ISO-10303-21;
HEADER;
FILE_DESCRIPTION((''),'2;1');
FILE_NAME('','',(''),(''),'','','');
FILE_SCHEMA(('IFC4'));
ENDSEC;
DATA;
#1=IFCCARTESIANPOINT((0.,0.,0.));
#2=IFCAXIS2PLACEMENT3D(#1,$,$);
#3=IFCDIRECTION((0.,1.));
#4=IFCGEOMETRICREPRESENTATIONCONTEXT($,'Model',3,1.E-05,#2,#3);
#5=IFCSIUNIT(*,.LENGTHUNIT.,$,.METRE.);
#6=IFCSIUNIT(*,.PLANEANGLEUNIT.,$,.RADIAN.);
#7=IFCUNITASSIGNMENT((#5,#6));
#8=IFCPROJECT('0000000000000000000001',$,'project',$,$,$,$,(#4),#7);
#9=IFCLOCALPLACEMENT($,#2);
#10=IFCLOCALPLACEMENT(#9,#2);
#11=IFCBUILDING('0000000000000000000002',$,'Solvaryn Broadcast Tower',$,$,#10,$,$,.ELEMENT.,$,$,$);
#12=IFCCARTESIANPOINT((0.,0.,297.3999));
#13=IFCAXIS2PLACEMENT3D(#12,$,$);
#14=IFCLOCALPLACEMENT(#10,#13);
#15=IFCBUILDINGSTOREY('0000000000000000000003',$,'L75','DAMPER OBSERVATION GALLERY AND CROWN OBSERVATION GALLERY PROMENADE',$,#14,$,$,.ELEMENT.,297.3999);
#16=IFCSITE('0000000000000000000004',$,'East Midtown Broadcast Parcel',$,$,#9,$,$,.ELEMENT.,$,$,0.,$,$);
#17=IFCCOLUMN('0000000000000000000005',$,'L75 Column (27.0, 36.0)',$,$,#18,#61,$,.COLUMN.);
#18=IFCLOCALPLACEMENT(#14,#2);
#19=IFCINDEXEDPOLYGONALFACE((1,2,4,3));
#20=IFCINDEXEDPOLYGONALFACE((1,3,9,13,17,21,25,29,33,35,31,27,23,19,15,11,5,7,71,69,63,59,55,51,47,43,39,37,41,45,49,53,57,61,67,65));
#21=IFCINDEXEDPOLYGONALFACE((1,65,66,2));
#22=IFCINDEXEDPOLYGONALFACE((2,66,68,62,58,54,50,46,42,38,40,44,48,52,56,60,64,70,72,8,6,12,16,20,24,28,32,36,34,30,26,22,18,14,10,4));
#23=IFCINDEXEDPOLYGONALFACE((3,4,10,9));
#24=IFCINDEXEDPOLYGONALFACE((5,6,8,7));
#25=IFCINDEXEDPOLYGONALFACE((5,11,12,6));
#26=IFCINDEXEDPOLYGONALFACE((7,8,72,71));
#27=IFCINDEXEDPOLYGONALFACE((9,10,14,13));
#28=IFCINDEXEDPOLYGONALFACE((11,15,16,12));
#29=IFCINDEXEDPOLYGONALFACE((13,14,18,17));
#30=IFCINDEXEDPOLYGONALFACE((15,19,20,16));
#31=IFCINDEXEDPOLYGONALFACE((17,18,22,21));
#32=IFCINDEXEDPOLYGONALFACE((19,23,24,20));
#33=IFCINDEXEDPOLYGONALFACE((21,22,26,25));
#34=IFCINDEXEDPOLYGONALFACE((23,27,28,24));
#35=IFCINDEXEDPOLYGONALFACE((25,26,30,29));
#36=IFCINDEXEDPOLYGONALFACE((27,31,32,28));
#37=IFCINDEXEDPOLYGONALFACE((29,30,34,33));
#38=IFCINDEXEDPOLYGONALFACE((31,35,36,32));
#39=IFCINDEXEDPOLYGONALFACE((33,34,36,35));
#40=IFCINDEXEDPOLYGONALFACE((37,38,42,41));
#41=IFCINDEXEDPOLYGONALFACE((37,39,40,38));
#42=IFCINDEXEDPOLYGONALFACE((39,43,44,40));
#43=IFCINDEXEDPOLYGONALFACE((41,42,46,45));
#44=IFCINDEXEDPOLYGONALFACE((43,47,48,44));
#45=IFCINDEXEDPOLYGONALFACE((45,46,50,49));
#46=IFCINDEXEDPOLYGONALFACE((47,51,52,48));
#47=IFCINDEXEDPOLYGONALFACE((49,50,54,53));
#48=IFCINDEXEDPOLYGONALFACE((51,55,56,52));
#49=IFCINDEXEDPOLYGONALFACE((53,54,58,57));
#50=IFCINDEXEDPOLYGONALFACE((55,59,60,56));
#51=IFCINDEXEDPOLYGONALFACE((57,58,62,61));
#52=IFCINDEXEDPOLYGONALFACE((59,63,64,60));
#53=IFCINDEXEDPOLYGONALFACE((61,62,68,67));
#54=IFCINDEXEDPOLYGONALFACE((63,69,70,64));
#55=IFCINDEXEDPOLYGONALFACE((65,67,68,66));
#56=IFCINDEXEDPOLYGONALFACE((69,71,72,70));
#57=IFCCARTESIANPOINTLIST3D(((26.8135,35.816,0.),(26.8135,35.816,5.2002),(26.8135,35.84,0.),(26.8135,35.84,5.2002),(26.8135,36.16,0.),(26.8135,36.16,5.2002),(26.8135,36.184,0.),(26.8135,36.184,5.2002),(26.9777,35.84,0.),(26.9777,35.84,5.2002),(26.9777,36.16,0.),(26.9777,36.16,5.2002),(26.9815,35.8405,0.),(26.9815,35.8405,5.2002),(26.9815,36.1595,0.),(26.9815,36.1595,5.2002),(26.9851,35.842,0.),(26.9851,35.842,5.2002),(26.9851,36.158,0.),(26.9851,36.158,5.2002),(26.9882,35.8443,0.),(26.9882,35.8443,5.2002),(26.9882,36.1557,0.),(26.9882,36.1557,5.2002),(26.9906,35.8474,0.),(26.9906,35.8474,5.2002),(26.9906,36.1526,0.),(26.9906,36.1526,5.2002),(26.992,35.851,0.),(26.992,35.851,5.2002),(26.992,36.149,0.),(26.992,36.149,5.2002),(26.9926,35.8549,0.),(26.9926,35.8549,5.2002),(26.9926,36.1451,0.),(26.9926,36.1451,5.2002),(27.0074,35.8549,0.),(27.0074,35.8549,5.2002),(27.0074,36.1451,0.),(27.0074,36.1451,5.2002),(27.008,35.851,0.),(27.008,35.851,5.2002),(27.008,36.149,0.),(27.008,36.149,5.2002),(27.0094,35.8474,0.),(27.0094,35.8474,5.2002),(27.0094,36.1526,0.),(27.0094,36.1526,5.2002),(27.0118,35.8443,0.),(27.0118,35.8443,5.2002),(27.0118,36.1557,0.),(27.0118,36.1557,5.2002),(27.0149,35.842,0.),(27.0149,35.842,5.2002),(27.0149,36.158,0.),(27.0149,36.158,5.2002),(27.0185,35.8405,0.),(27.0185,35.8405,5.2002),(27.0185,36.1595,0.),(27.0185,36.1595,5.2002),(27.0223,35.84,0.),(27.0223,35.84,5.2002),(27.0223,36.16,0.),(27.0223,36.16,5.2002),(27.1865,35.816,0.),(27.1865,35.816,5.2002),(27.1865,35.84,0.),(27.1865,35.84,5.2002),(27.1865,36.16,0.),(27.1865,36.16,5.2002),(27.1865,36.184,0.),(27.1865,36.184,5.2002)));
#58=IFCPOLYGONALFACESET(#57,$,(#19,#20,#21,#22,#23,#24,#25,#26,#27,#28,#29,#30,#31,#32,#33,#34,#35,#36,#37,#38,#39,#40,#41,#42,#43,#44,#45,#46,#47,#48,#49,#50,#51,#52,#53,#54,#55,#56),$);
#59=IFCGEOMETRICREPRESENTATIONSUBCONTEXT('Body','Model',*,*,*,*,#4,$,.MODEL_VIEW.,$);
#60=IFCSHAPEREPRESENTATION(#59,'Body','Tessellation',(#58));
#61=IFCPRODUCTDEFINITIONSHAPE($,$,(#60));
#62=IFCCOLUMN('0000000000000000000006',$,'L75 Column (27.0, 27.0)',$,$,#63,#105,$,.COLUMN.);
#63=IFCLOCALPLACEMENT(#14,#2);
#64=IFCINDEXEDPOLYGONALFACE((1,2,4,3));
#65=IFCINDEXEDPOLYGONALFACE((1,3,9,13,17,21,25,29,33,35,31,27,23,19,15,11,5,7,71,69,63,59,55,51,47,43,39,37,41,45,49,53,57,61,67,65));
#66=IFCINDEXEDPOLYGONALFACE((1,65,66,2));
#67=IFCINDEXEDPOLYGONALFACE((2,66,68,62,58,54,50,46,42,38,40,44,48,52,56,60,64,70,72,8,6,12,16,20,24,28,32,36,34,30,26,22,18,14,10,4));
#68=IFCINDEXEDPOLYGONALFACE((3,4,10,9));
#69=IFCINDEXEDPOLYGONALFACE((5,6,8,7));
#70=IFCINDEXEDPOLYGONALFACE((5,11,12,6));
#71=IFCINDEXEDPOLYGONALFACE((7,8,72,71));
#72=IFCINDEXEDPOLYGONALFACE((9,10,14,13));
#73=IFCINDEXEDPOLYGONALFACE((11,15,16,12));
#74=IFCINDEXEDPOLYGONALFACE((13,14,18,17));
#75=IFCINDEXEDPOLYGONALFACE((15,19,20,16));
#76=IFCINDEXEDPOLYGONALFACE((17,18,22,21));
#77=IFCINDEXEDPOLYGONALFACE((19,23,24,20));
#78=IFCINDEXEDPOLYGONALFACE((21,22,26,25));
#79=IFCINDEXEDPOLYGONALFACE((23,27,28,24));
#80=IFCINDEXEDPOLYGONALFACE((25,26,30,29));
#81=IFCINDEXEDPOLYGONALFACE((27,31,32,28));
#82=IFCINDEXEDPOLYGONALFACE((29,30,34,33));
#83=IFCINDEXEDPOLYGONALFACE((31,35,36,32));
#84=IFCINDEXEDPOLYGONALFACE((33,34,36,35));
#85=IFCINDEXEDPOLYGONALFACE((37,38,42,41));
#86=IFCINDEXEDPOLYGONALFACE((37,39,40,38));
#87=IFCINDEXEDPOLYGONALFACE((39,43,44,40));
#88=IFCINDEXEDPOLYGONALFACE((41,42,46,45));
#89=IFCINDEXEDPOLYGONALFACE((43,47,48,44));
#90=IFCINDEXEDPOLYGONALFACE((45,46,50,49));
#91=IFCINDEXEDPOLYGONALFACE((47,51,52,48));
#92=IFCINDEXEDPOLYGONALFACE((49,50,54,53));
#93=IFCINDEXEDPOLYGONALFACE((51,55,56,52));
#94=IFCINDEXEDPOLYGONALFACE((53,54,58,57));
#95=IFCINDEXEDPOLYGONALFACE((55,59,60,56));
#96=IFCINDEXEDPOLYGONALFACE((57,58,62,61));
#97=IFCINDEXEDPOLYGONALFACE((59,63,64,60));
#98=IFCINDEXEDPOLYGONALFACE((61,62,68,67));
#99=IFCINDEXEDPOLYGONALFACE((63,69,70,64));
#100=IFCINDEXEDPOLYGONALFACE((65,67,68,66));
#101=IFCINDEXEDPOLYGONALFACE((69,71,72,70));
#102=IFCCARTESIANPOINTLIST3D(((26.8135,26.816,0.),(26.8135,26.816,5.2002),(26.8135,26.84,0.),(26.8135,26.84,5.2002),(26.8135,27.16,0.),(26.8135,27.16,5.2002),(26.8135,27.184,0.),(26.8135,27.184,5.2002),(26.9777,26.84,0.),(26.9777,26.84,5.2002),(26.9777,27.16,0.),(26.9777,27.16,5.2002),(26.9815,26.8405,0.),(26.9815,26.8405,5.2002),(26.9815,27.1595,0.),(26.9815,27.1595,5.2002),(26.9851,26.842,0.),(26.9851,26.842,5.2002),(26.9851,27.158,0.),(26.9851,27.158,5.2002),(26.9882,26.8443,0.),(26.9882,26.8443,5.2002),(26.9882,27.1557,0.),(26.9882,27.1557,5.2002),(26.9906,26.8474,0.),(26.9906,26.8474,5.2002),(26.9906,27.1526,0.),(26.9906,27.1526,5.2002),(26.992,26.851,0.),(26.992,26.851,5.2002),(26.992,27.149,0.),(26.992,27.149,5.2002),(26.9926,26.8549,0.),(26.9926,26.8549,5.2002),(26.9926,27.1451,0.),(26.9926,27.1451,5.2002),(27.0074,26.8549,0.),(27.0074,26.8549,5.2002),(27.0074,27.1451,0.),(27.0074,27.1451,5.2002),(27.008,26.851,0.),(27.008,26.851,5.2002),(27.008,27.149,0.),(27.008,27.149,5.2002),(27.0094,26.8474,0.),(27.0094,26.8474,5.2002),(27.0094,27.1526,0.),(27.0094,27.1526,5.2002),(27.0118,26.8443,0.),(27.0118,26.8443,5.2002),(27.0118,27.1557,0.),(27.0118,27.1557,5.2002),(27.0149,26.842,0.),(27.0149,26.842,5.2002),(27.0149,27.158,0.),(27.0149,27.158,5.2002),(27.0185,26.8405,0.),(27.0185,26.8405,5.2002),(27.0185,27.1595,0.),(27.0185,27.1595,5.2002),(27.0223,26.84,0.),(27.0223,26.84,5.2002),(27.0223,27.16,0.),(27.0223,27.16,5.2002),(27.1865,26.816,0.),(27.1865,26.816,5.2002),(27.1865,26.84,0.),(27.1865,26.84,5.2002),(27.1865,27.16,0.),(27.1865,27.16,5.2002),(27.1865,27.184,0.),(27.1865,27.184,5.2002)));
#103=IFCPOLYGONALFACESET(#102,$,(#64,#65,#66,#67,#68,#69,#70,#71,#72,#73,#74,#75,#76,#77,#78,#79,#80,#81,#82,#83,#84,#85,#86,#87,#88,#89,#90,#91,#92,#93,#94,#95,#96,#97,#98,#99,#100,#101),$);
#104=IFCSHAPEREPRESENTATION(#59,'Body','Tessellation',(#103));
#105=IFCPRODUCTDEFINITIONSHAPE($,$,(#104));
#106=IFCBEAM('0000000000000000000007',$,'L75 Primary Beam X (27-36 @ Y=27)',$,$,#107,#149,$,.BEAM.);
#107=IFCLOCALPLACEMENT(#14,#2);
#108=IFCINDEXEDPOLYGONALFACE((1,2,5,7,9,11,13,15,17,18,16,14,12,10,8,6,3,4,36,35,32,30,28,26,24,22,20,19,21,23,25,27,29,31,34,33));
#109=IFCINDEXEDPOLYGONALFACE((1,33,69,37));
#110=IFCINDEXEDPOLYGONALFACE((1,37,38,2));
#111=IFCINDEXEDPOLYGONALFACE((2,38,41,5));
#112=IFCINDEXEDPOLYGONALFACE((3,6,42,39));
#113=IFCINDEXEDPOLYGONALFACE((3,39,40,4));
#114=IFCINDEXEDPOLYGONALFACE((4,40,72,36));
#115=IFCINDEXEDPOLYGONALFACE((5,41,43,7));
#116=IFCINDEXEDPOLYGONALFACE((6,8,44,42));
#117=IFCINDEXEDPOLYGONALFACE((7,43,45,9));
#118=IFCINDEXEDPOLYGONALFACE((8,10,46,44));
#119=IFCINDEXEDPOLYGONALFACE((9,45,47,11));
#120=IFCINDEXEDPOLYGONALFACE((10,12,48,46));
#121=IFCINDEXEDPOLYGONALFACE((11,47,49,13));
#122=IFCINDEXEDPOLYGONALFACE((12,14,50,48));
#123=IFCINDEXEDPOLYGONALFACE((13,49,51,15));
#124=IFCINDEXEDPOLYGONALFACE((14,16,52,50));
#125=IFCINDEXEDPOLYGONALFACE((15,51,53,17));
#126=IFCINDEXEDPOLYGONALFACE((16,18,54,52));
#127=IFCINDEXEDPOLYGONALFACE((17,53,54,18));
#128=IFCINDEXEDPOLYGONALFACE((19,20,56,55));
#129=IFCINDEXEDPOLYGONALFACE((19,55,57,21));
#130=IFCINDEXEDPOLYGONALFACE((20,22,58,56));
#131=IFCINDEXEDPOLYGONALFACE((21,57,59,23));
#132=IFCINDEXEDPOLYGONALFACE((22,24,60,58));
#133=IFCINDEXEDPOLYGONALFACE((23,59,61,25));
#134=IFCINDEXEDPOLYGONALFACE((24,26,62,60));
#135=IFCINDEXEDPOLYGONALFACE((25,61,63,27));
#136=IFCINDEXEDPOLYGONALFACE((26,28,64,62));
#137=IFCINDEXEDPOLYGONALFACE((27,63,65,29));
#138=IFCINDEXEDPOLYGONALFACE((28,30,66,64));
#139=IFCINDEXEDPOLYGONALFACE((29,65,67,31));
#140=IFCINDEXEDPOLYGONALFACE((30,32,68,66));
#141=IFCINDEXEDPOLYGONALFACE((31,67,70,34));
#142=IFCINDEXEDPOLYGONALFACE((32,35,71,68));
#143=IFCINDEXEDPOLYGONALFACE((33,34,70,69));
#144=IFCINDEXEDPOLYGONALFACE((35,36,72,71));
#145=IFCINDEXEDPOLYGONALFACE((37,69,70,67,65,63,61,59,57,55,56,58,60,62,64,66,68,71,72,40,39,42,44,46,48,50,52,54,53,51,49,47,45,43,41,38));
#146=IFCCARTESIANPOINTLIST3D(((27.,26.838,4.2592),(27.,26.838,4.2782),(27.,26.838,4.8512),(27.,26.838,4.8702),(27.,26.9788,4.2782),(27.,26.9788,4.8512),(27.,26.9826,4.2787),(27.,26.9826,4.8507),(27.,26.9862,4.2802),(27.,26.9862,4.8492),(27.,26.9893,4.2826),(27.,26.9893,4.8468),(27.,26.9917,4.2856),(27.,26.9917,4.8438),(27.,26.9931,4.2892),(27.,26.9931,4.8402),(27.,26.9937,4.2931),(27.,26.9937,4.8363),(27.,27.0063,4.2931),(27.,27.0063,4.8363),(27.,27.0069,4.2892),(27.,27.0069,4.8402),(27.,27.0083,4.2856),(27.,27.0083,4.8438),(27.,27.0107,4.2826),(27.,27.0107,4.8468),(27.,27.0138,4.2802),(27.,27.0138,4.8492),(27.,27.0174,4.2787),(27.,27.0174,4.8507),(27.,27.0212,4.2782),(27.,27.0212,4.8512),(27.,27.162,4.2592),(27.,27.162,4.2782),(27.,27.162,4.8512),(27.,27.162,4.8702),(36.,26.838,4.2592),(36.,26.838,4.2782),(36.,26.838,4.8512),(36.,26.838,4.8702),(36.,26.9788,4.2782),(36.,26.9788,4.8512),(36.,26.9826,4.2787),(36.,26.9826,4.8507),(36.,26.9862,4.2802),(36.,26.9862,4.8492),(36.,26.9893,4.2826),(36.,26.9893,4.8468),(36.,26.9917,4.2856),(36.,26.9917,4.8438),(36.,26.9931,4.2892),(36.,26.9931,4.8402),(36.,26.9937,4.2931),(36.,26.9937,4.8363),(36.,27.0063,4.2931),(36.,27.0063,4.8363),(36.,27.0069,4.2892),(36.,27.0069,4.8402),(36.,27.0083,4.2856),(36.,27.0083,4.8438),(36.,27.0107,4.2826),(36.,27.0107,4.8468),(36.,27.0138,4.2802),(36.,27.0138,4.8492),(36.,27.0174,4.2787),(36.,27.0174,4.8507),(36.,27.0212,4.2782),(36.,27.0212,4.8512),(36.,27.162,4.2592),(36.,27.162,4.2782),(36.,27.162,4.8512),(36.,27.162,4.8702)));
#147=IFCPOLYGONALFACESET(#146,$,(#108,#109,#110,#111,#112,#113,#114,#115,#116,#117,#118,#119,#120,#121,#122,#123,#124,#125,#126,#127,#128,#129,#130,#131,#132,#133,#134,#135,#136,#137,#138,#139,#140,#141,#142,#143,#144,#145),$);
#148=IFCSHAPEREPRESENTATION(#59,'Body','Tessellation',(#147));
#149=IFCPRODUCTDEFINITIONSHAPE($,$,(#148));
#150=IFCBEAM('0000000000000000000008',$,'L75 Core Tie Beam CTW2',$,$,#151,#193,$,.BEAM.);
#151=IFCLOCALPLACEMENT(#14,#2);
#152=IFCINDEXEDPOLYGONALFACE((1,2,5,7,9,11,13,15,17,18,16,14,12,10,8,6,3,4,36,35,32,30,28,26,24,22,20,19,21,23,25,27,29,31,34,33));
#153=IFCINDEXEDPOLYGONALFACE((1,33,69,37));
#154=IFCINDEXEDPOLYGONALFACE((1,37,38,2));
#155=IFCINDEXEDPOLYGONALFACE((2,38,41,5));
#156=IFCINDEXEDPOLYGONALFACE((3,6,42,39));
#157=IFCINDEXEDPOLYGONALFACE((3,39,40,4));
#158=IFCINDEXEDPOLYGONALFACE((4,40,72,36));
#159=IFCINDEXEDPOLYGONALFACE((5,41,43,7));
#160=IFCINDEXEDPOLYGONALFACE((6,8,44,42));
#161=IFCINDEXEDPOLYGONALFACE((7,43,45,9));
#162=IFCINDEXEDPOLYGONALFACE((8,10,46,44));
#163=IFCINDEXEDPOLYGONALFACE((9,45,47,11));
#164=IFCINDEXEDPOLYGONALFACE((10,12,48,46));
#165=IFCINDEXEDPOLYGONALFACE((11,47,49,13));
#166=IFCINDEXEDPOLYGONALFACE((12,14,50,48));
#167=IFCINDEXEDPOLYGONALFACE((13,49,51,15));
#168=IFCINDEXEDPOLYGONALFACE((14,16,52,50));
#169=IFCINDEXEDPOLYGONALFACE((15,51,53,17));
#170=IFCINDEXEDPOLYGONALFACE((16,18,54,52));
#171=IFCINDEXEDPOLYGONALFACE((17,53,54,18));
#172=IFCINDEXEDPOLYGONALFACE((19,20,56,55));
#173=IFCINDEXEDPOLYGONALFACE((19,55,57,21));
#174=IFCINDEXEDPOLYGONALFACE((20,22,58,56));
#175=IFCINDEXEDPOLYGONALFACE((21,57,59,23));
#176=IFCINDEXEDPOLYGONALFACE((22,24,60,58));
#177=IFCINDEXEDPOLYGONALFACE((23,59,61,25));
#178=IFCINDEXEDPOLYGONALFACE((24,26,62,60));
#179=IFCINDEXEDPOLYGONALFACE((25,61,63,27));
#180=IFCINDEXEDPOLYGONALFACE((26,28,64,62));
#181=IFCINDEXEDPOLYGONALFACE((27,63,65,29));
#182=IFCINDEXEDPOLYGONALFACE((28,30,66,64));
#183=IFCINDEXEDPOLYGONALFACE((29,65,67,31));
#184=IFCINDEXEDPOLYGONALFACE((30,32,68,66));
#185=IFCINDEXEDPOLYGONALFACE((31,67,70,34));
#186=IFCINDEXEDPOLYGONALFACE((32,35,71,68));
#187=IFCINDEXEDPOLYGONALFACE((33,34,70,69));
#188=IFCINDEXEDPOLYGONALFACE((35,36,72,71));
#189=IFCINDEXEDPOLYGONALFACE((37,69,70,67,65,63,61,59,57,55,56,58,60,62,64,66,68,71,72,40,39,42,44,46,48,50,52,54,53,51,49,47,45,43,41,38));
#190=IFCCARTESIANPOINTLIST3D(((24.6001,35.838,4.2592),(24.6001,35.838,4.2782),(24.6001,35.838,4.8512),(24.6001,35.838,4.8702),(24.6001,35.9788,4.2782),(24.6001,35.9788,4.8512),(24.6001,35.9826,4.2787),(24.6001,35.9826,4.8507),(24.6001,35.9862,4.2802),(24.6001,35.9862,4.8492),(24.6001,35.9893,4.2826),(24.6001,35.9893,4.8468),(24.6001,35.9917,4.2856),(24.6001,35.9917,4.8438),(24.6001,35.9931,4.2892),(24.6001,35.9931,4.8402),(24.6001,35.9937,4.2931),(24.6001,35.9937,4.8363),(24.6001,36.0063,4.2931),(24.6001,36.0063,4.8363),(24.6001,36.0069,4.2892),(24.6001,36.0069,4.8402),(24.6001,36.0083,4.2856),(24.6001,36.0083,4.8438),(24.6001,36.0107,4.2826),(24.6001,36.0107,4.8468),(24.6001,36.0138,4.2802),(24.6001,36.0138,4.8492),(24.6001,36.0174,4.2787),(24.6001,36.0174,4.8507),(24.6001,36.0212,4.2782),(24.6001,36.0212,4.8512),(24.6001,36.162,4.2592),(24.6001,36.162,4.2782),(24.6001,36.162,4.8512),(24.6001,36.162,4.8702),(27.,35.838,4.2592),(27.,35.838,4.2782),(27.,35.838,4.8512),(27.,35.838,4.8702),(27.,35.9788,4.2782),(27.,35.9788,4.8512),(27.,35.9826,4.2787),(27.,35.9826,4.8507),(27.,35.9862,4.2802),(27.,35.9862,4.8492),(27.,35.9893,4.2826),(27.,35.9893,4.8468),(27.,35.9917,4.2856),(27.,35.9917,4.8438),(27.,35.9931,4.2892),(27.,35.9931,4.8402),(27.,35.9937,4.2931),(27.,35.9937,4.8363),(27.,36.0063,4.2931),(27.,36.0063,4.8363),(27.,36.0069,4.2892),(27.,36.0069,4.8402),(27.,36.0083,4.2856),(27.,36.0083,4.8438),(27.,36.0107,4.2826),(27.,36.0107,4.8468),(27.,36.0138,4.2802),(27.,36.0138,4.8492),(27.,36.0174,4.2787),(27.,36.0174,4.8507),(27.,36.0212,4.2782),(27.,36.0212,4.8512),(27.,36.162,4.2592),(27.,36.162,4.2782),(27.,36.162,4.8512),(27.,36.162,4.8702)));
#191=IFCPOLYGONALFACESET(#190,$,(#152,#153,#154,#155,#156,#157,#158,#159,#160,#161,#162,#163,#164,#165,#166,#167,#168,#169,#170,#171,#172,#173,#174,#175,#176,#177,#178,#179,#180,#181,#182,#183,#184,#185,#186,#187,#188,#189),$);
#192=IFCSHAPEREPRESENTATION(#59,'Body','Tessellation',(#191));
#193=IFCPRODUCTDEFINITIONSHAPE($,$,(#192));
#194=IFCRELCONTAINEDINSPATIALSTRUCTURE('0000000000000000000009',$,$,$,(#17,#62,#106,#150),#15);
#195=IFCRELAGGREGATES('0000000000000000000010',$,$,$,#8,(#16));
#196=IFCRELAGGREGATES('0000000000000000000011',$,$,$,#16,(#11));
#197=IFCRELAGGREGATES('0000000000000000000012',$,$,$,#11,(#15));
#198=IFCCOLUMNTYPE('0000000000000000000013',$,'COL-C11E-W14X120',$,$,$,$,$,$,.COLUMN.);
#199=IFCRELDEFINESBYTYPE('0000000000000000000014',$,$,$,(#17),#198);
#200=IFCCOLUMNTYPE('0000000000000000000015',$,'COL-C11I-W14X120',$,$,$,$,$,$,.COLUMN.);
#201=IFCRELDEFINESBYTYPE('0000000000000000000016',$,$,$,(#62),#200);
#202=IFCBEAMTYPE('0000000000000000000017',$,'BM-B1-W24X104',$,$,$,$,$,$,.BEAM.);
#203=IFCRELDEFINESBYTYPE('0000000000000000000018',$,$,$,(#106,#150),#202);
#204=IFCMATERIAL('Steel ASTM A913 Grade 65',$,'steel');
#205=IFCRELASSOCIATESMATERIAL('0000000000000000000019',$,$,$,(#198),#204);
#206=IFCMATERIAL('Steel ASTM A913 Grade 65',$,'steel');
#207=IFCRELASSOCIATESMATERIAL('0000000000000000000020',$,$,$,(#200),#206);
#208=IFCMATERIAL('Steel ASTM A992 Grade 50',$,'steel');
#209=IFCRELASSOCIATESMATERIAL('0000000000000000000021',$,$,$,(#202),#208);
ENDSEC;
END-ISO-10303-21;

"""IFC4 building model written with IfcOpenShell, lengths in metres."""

from ifc_helpers import new_model, si_unit, direction, frame, origin, origin_2d, place, context, subcontext, project, spatial, i_section, extrude, material, material_profile, profile_set, type_object, element, save


model = new_model("IFC4")

# Units and contexts
model_context = context("Model", 3, precision=1e-05, world=origin(), true_north=direction((0.0, 1.0)))
body_context = subcontext(model_context, "Body", "Model", "MODEL_VIEW")
ifc_project = project(units=[si_unit("LENGTHUNIT", "METRE"), si_unit("PLANEANGLEUNIT", "RADIAN")], contexts=[model_context])

# Site, building, storey
site_placement = place(None, origin())
site = spatial("IfcSite", under=ifc_project, at=site_placement, Name="East Midtown Broadcast Parcel", CompositionType="ELEMENT", RefElevation=0.0)
building_placement = place(site_placement, origin())
building = spatial("IfcBuilding", under=site, at=building_placement, Name="Solvaryn Broadcast Tower", CompositionType="ELEMENT")
storey_placement = place(building_placement, frame((0.0, 0.0, 297.3999)))
storey = spatial("IfcBuildingStorey", under=building, at=storey_placement, Name="L75", Description="DAMPER OBSERVATION GALLERY AND CROWN OBSERVATION GALLERY PROMENADE", CompositionType="ELEMENT", Elevation=297.3999)

# Columns
ifc_material_1 = material(Name="Steel ASTM A913 Grade 65", Category="steel")
ifc_material_profile_1 = material_profile(ifc_material_1, i_section(OverallWidth=0.373, OverallDepth=0.3679, WebThickness=0.0149, FlangeThickness=0.0239, FilletRadius=0.0149, at=origin_2d()))
ifc_profile_set_1 = profile_set([ifc_material_profile_1], Name="Steel ASTM A913 Grade 65")
column_type_1 = type_object("IfcColumnType", Name="COL-C11E-W14X120", PredefinedType="COLUMN", material=ifc_profile_set_1)
column_1_placement = place(storey_placement, frame((27.0, 36.0, 0.0), z_axis=(0.0, 0.0, 1.0), x_axis=(1.0, 0.0, 0.0)))
element("IfcColumn", 1, at=column_1_placement, inside=storey, type_object=column_type_1, Name="L75 Column (27.0, 36.0)", PredefinedType="COLUMN", context=body_context, shape_type="SweptSolid", body=[
    extrude(i_section(OverallWidth=0.373, OverallDepth=0.3679, WebThickness=0.0149, FlangeThickness=0.0239, FilletRadius=0.0149, at=origin_2d()), origin(), (0.0, 0.0, 1.0), 5.2002),
])
ifc_material_2 = material(Name="Steel ASTM A913 Grade 65", Category="steel")
ifc_material_profile_2 = material_profile(ifc_material_2, i_section(OverallWidth=0.373, OverallDepth=0.3679, WebThickness=0.0149, FlangeThickness=0.0239, FilletRadius=0.0149, at=origin_2d()))
ifc_profile_set_2 = profile_set([ifc_material_profile_2], Name="Steel ASTM A913 Grade 65")
column_type_2 = type_object("IfcColumnType", Name="COL-C11I-W14X120", PredefinedType="COLUMN", material=ifc_profile_set_2)
column_2_placement = place(storey_placement, frame((27.0, 27.0, 0.0), z_axis=(0.0, 0.0, 1.0), x_axis=(1.0, 0.0, 0.0)))
element("IfcColumn", 2, at=column_2_placement, inside=storey, type_object=column_type_2, Name="L75 Column (27.0, 27.0)", PredefinedType="COLUMN", context=body_context, shape_type="SweptSolid", body=[
    extrude(i_section(OverallWidth=0.373, OverallDepth=0.3679, WebThickness=0.0149, FlangeThickness=0.0239, FilletRadius=0.0149, at=origin_2d()), origin(), (0.0, 0.0, 1.0), 5.2002),
])

# Beams
ifc_material_3 = material(Name="Steel ASTM A992 Grade 50", Category="steel")
ifc_material_profile_3 = material_profile(ifc_material_3, i_section(OverallWidth=0.324, OverallDepth=0.6111, WebThickness=0.0127, FlangeThickness=0.019, FilletRadius=0.0149, at=origin_2d()))
ifc_profile_set_3 = profile_set([ifc_material_profile_3], Name="Steel ASTM A992 Grade 50")
beam_type_1 = type_object("IfcBeamType", Name="BM-B1-W24X104", PredefinedType="BEAM", material=ifc_profile_set_3)
beam_1_placement = place(storey_placement, frame((27.0, 27.0, 4.5647), z_axis=(1.0, 0.0, 0.0), x_axis=(0.0, 1.0, 0.0)))
element("IfcBeam", 3, at=beam_1_placement, inside=storey, type_object=beam_type_1, Name="L75 Primary Beam X (27-36 @ Y=27)", PredefinedType="BEAM", context=body_context, shape_type="SweptSolid", body=[
    extrude(i_section(OverallWidth=0.324, OverallDepth=0.6111, WebThickness=0.0127, FlangeThickness=0.019, FilletRadius=0.0149, at=origin_2d()), origin(), (0.0, 0.0, 1.0), 9.0),
])
beam_2_placement = place(storey_placement, frame((24.6001, 36.0, 4.5647), z_axis=(1.0, 0.0, 0.0), x_axis=(0.0, 1.0, 0.0)))
element("IfcBeam", 4, at=beam_2_placement, inside=storey, type_object=beam_type_1, Name="L75 Core Tie Beam CTW2", PredefinedType="BEAM", context=body_context, shape_type="SweptSolid", body=[
    extrude(i_section(OverallWidth=0.324, OverallDepth=0.6111, WebThickness=0.0127, FlangeThickness=0.019, FilletRadius=0.0149, at=origin_2d()), origin(), (0.0, 0.0, 1.0), 2.3999),
])

save(model, "model.ifc")
